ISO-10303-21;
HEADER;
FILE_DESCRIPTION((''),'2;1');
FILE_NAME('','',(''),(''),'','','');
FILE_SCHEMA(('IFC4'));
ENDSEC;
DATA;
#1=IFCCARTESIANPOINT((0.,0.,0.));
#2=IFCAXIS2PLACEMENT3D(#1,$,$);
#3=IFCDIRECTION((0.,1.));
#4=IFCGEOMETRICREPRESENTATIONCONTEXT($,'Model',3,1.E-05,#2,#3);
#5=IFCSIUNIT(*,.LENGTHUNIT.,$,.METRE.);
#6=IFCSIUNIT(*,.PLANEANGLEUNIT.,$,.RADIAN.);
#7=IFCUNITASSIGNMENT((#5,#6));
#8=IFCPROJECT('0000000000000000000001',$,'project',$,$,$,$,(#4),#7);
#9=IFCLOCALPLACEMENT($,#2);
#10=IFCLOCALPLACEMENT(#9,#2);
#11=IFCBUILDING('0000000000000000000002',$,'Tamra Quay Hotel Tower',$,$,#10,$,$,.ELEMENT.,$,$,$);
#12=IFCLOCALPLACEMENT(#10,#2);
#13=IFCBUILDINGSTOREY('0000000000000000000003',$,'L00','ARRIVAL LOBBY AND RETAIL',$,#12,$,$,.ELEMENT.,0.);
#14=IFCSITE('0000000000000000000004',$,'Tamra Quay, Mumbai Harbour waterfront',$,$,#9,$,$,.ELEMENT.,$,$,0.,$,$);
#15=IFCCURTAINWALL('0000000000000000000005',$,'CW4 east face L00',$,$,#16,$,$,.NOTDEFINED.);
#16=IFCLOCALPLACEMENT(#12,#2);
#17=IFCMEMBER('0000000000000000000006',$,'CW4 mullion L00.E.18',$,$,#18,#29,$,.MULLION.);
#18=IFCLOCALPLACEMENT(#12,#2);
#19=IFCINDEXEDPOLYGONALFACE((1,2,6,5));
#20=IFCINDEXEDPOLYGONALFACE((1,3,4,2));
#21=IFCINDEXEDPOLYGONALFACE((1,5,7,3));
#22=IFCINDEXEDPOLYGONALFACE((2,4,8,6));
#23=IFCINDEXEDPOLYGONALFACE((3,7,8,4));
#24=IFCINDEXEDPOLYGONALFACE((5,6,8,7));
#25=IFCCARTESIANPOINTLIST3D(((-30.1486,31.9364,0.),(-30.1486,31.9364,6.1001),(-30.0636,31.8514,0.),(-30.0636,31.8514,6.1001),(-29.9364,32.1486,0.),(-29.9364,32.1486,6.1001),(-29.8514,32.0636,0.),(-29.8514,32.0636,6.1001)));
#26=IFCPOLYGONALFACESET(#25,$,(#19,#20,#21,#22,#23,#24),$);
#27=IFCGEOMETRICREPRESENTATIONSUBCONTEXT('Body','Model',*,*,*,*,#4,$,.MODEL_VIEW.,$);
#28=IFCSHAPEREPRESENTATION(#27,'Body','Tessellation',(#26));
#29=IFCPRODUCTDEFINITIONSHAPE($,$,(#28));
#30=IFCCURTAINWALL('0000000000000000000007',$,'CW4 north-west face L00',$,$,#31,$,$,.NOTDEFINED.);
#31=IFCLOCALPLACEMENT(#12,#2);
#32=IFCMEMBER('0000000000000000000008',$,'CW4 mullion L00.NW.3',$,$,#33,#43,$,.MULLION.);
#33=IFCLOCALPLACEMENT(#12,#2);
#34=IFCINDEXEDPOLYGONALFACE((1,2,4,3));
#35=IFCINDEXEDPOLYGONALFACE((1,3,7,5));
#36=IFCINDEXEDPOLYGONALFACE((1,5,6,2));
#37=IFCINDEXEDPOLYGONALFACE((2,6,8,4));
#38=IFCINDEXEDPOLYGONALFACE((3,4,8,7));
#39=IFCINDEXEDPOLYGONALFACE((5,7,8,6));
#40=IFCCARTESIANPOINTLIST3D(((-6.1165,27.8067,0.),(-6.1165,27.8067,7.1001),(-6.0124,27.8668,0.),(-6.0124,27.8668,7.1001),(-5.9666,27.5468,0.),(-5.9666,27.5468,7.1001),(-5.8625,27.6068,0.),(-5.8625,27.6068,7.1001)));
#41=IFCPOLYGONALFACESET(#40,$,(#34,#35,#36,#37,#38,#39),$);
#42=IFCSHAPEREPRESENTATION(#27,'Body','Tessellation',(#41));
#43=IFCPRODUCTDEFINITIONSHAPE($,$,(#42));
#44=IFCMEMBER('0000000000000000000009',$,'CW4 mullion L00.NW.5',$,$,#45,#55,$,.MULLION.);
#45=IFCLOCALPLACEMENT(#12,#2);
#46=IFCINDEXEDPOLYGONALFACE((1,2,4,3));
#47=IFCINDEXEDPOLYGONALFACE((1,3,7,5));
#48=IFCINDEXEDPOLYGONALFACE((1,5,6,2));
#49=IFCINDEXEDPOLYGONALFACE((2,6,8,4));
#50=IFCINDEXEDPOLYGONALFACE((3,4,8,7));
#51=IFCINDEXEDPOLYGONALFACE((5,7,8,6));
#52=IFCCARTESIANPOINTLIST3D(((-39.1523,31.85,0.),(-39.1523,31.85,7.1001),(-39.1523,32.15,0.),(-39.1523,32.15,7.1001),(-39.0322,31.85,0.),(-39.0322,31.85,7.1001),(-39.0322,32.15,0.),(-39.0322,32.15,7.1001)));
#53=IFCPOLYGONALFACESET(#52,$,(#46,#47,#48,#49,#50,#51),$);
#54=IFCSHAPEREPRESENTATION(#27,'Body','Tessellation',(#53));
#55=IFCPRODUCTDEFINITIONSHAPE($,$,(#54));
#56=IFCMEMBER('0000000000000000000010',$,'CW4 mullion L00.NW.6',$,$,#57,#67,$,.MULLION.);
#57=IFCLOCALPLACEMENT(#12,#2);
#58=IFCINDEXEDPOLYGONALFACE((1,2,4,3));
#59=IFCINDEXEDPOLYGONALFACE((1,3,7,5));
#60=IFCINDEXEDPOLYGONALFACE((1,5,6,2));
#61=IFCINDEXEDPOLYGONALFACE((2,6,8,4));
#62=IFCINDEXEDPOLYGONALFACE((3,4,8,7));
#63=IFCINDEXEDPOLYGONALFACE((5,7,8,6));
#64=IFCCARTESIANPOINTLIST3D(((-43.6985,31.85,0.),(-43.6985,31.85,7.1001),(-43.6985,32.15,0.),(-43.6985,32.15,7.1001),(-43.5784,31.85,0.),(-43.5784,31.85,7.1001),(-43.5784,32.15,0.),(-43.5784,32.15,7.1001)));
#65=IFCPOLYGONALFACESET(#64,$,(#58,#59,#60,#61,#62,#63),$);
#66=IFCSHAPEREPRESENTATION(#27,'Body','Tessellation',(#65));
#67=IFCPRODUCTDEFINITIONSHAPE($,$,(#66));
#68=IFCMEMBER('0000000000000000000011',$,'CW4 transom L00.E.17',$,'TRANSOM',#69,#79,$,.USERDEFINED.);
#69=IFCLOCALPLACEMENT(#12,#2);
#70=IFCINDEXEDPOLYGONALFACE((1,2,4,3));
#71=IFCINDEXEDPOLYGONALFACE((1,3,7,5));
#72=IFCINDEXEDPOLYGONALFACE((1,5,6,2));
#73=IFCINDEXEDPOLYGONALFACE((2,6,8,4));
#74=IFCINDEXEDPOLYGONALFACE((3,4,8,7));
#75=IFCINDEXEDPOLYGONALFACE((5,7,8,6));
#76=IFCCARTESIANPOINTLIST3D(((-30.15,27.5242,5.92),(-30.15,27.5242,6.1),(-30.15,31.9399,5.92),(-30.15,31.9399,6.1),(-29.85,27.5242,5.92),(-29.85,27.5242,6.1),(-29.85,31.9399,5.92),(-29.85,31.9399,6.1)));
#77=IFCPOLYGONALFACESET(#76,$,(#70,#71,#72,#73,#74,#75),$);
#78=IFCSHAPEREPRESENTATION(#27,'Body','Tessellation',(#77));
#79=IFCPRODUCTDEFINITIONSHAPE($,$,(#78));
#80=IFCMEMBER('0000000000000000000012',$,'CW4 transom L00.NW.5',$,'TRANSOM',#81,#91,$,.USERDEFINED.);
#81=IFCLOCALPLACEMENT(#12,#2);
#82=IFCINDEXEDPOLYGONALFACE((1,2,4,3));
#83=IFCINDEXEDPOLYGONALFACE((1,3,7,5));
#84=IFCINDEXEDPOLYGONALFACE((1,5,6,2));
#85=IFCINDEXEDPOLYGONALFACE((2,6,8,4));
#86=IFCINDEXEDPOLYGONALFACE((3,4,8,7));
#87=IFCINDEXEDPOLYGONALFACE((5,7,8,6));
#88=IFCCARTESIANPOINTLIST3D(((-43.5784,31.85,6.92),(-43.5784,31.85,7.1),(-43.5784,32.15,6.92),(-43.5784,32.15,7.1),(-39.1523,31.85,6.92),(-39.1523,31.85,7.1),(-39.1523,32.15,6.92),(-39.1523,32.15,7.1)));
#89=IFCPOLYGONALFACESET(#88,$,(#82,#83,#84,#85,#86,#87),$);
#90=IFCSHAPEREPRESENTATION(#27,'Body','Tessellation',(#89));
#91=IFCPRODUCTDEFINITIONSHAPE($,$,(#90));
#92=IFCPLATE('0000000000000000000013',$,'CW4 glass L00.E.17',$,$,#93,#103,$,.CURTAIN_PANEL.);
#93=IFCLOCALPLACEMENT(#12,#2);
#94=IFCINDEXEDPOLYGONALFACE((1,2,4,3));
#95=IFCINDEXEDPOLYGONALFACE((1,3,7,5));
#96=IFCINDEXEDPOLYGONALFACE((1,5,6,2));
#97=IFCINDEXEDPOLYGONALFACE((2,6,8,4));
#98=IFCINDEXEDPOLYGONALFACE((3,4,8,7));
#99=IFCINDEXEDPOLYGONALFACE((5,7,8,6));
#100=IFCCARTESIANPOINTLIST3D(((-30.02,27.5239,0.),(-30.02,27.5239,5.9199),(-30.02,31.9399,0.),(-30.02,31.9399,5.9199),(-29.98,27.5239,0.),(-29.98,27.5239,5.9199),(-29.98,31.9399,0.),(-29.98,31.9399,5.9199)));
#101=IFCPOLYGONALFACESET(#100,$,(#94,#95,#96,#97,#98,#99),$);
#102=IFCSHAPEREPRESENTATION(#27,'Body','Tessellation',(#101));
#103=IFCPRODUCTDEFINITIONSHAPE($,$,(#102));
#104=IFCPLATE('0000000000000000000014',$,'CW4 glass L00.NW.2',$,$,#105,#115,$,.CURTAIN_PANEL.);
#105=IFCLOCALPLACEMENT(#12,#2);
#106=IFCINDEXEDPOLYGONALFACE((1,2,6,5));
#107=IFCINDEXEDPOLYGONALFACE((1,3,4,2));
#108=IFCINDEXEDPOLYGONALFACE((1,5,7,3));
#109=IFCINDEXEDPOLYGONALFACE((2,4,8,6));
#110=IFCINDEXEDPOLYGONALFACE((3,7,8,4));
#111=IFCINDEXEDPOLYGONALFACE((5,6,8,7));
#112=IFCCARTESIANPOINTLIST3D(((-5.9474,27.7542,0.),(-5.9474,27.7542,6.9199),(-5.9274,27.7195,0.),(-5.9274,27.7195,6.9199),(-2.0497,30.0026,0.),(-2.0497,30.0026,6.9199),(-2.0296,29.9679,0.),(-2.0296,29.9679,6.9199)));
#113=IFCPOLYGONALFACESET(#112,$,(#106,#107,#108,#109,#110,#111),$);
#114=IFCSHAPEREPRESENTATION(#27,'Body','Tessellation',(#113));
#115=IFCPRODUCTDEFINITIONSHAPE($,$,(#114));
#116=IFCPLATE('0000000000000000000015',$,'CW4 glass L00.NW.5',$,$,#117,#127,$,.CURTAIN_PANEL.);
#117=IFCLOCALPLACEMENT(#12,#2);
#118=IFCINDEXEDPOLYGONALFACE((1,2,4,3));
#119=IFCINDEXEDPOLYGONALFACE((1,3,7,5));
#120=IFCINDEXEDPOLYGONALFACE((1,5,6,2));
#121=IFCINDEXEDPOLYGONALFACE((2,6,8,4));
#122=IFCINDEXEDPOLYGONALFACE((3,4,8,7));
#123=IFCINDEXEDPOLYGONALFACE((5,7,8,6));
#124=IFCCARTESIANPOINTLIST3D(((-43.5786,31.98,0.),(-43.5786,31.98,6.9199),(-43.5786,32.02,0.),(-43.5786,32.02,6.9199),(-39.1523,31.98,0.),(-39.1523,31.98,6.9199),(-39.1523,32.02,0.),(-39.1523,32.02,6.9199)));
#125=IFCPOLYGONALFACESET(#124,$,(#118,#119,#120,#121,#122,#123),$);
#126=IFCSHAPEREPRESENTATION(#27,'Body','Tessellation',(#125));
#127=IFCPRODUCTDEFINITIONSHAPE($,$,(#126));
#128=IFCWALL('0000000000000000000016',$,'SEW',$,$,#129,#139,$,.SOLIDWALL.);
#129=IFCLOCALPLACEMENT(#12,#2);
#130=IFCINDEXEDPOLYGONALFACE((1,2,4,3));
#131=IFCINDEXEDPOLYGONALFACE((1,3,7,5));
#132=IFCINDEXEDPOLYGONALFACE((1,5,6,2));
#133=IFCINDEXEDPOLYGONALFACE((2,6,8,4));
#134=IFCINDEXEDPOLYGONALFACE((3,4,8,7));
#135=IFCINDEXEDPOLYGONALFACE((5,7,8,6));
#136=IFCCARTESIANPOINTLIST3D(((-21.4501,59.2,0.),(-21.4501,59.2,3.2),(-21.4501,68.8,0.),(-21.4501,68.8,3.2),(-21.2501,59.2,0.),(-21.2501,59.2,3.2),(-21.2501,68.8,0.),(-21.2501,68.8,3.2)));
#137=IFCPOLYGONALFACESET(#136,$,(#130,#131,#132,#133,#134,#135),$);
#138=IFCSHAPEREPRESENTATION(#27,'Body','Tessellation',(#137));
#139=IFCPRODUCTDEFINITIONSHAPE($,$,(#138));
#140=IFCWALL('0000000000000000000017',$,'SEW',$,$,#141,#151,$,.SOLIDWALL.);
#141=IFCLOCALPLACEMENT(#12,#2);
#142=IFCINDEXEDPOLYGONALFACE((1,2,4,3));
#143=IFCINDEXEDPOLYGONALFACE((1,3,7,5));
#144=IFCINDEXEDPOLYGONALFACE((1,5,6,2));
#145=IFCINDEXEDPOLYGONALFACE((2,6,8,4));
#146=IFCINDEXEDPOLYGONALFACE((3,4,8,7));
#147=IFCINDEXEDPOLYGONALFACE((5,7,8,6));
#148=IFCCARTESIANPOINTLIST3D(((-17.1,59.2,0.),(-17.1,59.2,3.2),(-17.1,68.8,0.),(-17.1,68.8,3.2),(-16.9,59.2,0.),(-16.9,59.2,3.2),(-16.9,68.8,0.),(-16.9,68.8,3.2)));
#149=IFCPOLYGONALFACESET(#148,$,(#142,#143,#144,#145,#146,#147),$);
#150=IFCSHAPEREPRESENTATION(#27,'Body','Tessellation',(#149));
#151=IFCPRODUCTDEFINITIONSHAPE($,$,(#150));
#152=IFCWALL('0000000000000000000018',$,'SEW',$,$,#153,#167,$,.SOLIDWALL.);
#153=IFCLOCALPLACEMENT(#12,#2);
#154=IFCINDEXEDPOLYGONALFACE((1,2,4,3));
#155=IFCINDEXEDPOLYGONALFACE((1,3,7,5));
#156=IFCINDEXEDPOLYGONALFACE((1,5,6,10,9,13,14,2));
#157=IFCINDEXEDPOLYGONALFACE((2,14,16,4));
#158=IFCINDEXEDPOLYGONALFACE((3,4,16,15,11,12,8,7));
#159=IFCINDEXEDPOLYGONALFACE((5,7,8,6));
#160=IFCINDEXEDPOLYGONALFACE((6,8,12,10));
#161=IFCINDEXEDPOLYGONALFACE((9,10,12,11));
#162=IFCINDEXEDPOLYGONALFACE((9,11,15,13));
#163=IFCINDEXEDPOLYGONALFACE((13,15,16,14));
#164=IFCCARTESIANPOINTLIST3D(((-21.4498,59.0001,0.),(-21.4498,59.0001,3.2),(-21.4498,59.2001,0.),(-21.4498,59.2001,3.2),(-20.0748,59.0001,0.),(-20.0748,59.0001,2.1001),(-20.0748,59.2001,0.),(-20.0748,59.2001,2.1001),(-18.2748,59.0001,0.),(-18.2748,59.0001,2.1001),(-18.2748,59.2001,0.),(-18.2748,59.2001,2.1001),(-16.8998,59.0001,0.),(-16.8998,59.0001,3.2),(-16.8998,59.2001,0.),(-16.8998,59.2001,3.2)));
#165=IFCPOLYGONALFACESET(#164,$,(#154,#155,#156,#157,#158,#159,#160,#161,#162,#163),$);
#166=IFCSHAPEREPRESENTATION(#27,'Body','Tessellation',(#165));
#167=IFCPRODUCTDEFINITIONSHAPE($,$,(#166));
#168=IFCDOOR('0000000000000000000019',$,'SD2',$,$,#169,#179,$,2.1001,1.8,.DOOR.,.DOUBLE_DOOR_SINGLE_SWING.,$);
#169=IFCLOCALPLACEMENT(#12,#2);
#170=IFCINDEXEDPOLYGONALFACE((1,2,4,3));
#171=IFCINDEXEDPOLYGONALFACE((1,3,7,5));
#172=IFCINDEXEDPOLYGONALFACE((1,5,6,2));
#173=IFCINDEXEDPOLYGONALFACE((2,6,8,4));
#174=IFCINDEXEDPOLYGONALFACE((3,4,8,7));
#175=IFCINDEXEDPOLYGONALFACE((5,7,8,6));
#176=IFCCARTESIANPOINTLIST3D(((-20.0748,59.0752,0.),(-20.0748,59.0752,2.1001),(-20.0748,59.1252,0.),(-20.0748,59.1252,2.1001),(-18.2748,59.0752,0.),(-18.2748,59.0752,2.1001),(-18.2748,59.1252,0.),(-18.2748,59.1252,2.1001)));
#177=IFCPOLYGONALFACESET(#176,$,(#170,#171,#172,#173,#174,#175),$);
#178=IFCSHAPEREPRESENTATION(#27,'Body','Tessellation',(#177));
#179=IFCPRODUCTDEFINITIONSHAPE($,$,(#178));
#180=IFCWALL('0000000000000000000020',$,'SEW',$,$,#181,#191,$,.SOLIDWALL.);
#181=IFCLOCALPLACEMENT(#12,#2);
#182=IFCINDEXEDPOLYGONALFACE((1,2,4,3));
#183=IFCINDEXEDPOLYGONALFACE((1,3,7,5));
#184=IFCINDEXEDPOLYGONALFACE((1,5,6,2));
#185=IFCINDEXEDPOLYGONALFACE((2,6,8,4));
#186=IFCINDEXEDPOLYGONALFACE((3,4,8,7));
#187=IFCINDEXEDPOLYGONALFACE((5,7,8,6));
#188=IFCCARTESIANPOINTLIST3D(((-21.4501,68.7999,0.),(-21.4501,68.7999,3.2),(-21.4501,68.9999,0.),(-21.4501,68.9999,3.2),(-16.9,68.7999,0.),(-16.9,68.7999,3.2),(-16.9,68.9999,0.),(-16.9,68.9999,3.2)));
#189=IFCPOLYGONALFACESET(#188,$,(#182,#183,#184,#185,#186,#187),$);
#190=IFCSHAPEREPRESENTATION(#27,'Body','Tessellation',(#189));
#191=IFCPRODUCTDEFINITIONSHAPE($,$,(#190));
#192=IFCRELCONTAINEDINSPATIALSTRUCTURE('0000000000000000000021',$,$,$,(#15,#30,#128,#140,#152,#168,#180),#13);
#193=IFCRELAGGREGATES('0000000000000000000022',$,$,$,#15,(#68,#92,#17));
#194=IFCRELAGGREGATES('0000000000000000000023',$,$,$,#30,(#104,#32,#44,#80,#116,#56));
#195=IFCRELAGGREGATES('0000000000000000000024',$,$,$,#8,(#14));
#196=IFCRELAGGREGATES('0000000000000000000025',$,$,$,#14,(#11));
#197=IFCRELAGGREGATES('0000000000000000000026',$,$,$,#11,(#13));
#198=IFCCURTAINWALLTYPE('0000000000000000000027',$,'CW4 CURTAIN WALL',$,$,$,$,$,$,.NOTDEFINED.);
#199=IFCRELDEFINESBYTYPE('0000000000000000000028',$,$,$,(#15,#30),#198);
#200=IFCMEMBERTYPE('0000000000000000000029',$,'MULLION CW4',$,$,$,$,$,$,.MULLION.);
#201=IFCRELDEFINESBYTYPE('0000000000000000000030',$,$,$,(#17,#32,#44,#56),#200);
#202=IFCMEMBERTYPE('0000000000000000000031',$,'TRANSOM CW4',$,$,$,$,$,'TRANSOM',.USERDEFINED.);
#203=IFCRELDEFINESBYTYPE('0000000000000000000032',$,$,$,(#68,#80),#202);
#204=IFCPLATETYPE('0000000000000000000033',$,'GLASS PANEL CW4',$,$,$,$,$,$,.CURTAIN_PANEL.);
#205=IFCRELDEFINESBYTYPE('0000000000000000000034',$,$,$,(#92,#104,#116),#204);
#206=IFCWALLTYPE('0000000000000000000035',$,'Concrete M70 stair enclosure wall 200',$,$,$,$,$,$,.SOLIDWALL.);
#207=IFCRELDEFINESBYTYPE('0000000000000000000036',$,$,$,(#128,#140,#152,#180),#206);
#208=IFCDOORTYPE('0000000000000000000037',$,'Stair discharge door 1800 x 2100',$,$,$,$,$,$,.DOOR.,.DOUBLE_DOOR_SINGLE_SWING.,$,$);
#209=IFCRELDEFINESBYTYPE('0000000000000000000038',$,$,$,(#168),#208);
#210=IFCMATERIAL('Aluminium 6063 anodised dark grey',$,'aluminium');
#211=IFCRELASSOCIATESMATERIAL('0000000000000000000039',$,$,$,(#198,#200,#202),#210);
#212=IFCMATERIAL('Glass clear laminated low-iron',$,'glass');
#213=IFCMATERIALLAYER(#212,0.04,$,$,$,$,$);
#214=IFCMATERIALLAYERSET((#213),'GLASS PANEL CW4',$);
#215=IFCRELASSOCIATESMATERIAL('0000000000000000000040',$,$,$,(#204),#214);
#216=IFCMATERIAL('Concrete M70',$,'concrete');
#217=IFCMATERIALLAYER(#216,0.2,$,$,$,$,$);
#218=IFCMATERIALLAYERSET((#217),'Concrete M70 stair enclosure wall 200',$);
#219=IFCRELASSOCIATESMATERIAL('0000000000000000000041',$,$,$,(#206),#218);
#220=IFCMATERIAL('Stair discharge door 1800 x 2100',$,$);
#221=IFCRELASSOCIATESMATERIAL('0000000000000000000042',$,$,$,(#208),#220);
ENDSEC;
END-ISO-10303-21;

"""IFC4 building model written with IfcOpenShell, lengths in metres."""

from ifc_helpers import new_model, si_unit, direction, frame, frame_2d, origin, origin_2d, place, context, subcontext, project, spatial, rectangle, extrude, material, layer, layer_set, material_profile, profile_set, type_object, element, fill, aggregate, save


model = new_model("IFC4")

# Units and contexts
model_context = context("Model", 3, precision=1e-05, world=origin(), true_north=direction((0.0, 1.0)))
body_context = subcontext(model_context, "Body", "Model", "MODEL_VIEW")
ifc_project = project(units=[si_unit("LENGTHUNIT", "METRE"), si_unit("PLANEANGLEUNIT", "RADIAN")], contexts=[model_context])

# Site, building, storey
site_placement = place(None, origin())
site = spatial("IfcSite", under=ifc_project, at=site_placement, Name="Tamra Quay, Mumbai Harbour waterfront", CompositionType="ELEMENT", RefElevation=0.0)
building_placement = place(site_placement, origin())
building = spatial("IfcBuilding", under=site, at=building_placement, Name="Tamra Quay Hotel Tower", CompositionType="ELEMENT")
storey_placement = place(building_placement, origin())
storey = spatial("IfcBuildingStorey", under=building, at=storey_placement, Name="L00", Description="ARRIVAL LOBBY AND RETAIL", CompositionType="ELEMENT", Elevation=0.0)

# Curtain wall, member
ifc_material_1 = material(Name="Aluminium 6063 anodised dark grey", Category="aluminium")
curtain_wall_type = type_object("IfcCurtainWallType", Name="CW4 CURTAIN WALL", PredefinedType="NOTDEFINED", material=ifc_material_1)
curtain_wall_1_placement = place(storey_placement, origin())
curtain_wall_1 = element("IfcCurtainWall", 1, at=curtain_wall_1_placement, inside=storey, type_object=curtain_wall_type, Name="CW4 east face L00", PredefinedType="NOTDEFINED")
ifc_material_profile_1 = material_profile(ifc_material_1, rectangle(XDim=0.3, YDim=0.1201, at=origin_2d()), Name="MULLION 120X300")
ifc_profile_set_1 = profile_set([ifc_material_profile_1], Name="Aluminium 6063 anodised dark grey")
member_type_1 = type_object("IfcMemberType", Name="MULLION CW4", PredefinedType="MULLION", material=ifc_profile_set_1)
member_1_placement = place(storey_placement, frame((-30.0, 32.0, 0.0), z_axis=(0.0, 0.0, 1.0), x_axis=(0.707107, 0.707107, 0.0)))
member_1 = element("IfcMember", 2, at=member_1_placement, type_object=member_type_1, Name="CW4 mullion L00.E.18", PredefinedType="MULLION", context=body_context, shape_type="SweptSolid", body=[
    extrude(rectangle(XDim=0.3, YDim=0.1201, at=origin_2d()), origin(), (0.0, 0.0, 1.0), 6.1001),
])

# Curtain wall, members
curtain_wall_2_placement = place(storey_placement, origin())
curtain_wall_2 = element("IfcCurtainWall", 3, at=curtain_wall_2_placement, inside=storey, type_object=curtain_wall_type, Name="CW4 north-west face L00", PredefinedType="NOTDEFINED")
member_2_placement = place(storey_placement, frame((-5.9895, 27.7068, 0.0), z_axis=(0.0, 0.0, 1.0), x_axis=(-0.499672, 0.866215, 0.0)))
member_2 = element("IfcMember", 4, at=member_2_placement, type_object=member_type_1, Name="CW4 mullion L00.NW.3", PredefinedType="MULLION", context=body_context, shape_type="SweptSolid", body=[
    extrude(rectangle(XDim=0.3, YDim=0.1201, at=origin_2d()), origin(), (0.0, 0.0, 1.0), 7.1001),
])
member_3_placement = place(storey_placement, frame((-39.0923, 32.0, 0.0), z_axis=(0.0, 0.0, 1.0), x_axis=(0.0, 1.0, 0.0)))
member_3 = element("IfcMember", 5, at=member_3_placement, type_object=member_type_1, Name="CW4 mullion L00.NW.5", PredefinedType="MULLION", context=body_context, shape_type="SweptSolid", body=[
    extrude(rectangle(XDim=0.3, YDim=0.1201, at=origin_2d()), origin(), (0.0, 0.0, 1.0), 7.1001),
])
member_4_placement = place(storey_placement, frame((-43.6384, 32.0, 0.0), z_axis=(0.0, 0.0, 1.0), x_axis=(0.0, 1.0, 0.0)))
member_4 = element("IfcMember", 6, at=member_4_placement, type_object=member_type_1, Name="CW4 mullion L00.NW.6", PredefinedType="MULLION", context=body_context, shape_type="SweptSolid", body=[
    extrude(rectangle(XDim=0.3, YDim=0.1201, at=origin_2d()), origin(), (0.0, 0.0, 1.0), 7.1001),
])

# Members
ifc_material_profile_2 = material_profile(ifc_material_1, rectangle(XDim=0.3, YDim=0.1799, at=origin_2d()), Name="TRANSOM 300X180")
ifc_profile_set_2 = profile_set([ifc_material_profile_2], Name="Aluminium 6063 anodised dark grey")
member_type_2 = type_object("IfcMemberType", Name="TRANSOM CW4", ElementType="TRANSOM", PredefinedType="USERDEFINED", material=ifc_profile_set_2)
member_5_placement = place(storey_placement, frame((-30.0, 27.5242, 6.01), z_axis=(0.0, 1.0, 0.0), x_axis=(-1.0, 0.0, 0.0)))
member_5 = element("IfcMember", 7, at=member_5_placement, type_object=member_type_2, Name="CW4 transom L00.E.17", ObjectType="TRANSOM", PredefinedType="USERDEFINED", context=body_context, shape_type="SweptSolid", body=[
    extrude(rectangle(XDim=0.3, YDim=0.1799, at=origin_2d()), origin(), (0.0, 0.0, 1.0), 4.4158),
])
member_6_placement = place(storey_placement, frame((-39.1523, 32.0, 7.01), z_axis=(-1.0, 0.0, 0.0), x_axis=(0.0, -1.0, 0.0)))
member_6 = element("IfcMember", 8, at=member_6_placement, type_object=member_type_2, Name="CW4 transom L00.NW.5", ObjectType="TRANSOM", PredefinedType="USERDEFINED", context=body_context, shape_type="SweptSolid", body=[
    extrude(rectangle(XDim=0.3, YDim=0.1799, at=origin_2d()), origin(), (0.0, 0.0, 1.0), 4.426),
])

# Plates
ifc_material_2 = material(Name="Glass clear laminated low-iron", Category="glass")
ifc_layer_1 = layer(ifc_material_2, 0.04)
ifc_layer_set_1 = layer_set([ifc_layer_1], Name="GLASS PANEL CW4")
plate_type = type_object("IfcPlateType", Name="GLASS PANEL CW4", PredefinedType="CURTAIN_PANEL", material=ifc_layer_set_1)
plate_1_placement = place(storey_placement, frame((-30.0, 29.7319, 0.0), z_axis=(0.0, 0.0, 1.0), x_axis=(0.0, 1.0, 0.0)))
plate_1 = element("IfcPlate", 9, at=plate_1_placement, type_object=plate_type, Name="CW4 glass L00.E.17", PredefinedType="CURTAIN_PANEL", context=body_context, shape_type="SweptSolid", body=[
    extrude(rectangle(XDim=4.416, YDim=0.04, at=origin_2d()), origin(), (0.0, 0.0, 1.0), 5.9199),
])
aggregate(curtain_wall_1, [member_5, plate_1, member_1])
plate_2_placement = place(storey_placement, frame((-3.9885, 28.8611, 0.0), z_axis=(0.0, 0.0, 1.0), x_axis=(-0.866215, -0.499672, 0.0)))
plate_2 = element("IfcPlate", 10, at=plate_2_placement, type_object=plate_type, Name="CW4 glass L00.NW.2", PredefinedType="CURTAIN_PANEL", context=body_context, shape_type="SweptSolid", body=[
    extrude(rectangle(XDim=4.4998, YDim=0.04, at=origin_2d()), origin(), (0.0, 0.0, 1.0), 6.9199),
])
plate_3_placement = place(storey_placement, frame((-41.3655, 32.0, 0.0), z_axis=(0.0, 0.0, 1.0), x_axis=(-1.0, 0.0, 0.0)))
plate_3 = element("IfcPlate", 11, at=plate_3_placement, type_object=plate_type, Name="CW4 glass L00.NW.5", PredefinedType="CURTAIN_PANEL", context=body_context, shape_type="SweptSolid", body=[
    extrude(rectangle(XDim=4.4263, YDim=0.04, at=origin_2d()), origin(), (0.0, 0.0, 1.0), 6.9199),
])
aggregate(curtain_wall_2, [plate_2, member_2, member_3, member_6, plate_3, member_4])

# Walls
ifc_material_3 = material(Name="Concrete M70", Category="concrete")
ifc_layer_2 = layer(ifc_material_3, 0.2)
ifc_layer_set_2 = layer_set([ifc_layer_2], Name="Concrete M70 stair enclosure wall 200")
wall_type_1 = type_object("IfcWallType", Name="Concrete M70 stair enclosure wall 200", PredefinedType="SOLIDWALL", material=ifc_layer_set_2)
for number, where, z_axis, x_axis, name in (
    (12, (-21.3501, 59.2, 0.0), (0.0, 0.0, 1.0), (0.0, 1.0, 0.0), "SEW"),
    (13, (-17.0, 59.2, 0.0), (0.0, 0.0, 1.0), (0.0, 1.0, 0.0), "SEW"),
):
    element("IfcWall", number, at=place(storey_placement, frame(where, z_axis=z_axis, x_axis=x_axis)), inside=storey, type_object=wall_type_1, Name=name, PredefinedType="SOLIDWALL", context=body_context, shape_type="SweptSolid", body=[
        extrude(rectangle(XDim=9.6001, YDim=0.2, at=frame_2d((4.8, 0.0))), origin(), (0.0, 0.0, 1.0), 3.2),
    ])

# Wall, opening, door
wall_1_placement = place(storey_placement, frame((-16.8999, 59.1001, 0.0), z_axis=(0.0, 0.0, 1.0), x_axis=(-1.0, 0.0, 0.0)))
wall_1 = element("IfcWall", 14, at=wall_1_placement, inside=storey, type_object=wall_type_1, Name="SEW", PredefinedType="SOLIDWALL", context=body_context, shape_type="SweptSolid", body=[
    extrude(rectangle(XDim=4.55, YDim=0.2, at=frame_2d((2.2749, 0.0))), origin(), (0.0, 0.0, 1.0), 3.2),
])
opening_1_placement = place(wall_1_placement, frame((1.375, 0.0, 0.0)))
opening_1 = element("IfcOpeningElement", 15, at=opening_1_placement, cuts=wall_1, PredefinedType="OPENING", context=body_context, shape_type="SweptSolid", body=[
    extrude(rectangle(XDim=1.8, YDim=2.1001, at=frame_2d((0.8999, 1.05))), frame((0.0, 0.1099, 0.0), z_axis=(0.0, -1.0, 0.0), x_axis=(1.0, 0.0, 0.0)), (0.0, 0.0, 1.0), 0.22),
])
ifc_material_4 = material(Name="Stair discharge door 1800 x 2100")
door_type = type_object("IfcDoorType", Name="Stair discharge door 1800 x 2100", OperationType="DOUBLE_DOOR_SINGLE_SWING", PredefinedType="DOOR", material=ifc_material_4)
door_1_placement = place(opening_1_placement, origin())
door_1 = element("IfcDoor", 16, at=door_1_placement, inside=storey, type_object=door_type, Name="SD2", OperationType="DOUBLE_DOOR_SINGLE_SWING", OverallHeight=2.1001, OverallWidth=1.8, PredefinedType="DOOR", context=body_context, shape_type="SweptSolid", body=[
    extrude(rectangle(XDim=1.8, YDim=2.1001, at=frame_2d((0.8999, 1.05))), frame((0.0, 0.0249, 0.0), z_axis=(0.0, -1.0, 0.0), x_axis=(1.0, 0.0, 0.0)), (0.0, 0.0, 1.0), 0.05),
])
fill(opening_1, door_1)

# Wall
wall_2_placement = place(storey_placement, frame((-21.45, 68.8999, 0.0), z_axis=(0.0, 0.0, 1.0), x_axis=(1.0, 0.0, 0.0)))
element("IfcWall", 17, at=wall_2_placement, inside=storey, type_object=wall_type_1, Name="SEW", PredefinedType="SOLIDWALL", context=body_context, shape_type="SweptSolid", body=[
    extrude(rectangle(XDim=4.55, YDim=0.2, at=frame_2d((2.2749, 0.0))), origin(), (0.0, 0.0, 1.0), 3.2),
])

save(model, "model.ifc")
